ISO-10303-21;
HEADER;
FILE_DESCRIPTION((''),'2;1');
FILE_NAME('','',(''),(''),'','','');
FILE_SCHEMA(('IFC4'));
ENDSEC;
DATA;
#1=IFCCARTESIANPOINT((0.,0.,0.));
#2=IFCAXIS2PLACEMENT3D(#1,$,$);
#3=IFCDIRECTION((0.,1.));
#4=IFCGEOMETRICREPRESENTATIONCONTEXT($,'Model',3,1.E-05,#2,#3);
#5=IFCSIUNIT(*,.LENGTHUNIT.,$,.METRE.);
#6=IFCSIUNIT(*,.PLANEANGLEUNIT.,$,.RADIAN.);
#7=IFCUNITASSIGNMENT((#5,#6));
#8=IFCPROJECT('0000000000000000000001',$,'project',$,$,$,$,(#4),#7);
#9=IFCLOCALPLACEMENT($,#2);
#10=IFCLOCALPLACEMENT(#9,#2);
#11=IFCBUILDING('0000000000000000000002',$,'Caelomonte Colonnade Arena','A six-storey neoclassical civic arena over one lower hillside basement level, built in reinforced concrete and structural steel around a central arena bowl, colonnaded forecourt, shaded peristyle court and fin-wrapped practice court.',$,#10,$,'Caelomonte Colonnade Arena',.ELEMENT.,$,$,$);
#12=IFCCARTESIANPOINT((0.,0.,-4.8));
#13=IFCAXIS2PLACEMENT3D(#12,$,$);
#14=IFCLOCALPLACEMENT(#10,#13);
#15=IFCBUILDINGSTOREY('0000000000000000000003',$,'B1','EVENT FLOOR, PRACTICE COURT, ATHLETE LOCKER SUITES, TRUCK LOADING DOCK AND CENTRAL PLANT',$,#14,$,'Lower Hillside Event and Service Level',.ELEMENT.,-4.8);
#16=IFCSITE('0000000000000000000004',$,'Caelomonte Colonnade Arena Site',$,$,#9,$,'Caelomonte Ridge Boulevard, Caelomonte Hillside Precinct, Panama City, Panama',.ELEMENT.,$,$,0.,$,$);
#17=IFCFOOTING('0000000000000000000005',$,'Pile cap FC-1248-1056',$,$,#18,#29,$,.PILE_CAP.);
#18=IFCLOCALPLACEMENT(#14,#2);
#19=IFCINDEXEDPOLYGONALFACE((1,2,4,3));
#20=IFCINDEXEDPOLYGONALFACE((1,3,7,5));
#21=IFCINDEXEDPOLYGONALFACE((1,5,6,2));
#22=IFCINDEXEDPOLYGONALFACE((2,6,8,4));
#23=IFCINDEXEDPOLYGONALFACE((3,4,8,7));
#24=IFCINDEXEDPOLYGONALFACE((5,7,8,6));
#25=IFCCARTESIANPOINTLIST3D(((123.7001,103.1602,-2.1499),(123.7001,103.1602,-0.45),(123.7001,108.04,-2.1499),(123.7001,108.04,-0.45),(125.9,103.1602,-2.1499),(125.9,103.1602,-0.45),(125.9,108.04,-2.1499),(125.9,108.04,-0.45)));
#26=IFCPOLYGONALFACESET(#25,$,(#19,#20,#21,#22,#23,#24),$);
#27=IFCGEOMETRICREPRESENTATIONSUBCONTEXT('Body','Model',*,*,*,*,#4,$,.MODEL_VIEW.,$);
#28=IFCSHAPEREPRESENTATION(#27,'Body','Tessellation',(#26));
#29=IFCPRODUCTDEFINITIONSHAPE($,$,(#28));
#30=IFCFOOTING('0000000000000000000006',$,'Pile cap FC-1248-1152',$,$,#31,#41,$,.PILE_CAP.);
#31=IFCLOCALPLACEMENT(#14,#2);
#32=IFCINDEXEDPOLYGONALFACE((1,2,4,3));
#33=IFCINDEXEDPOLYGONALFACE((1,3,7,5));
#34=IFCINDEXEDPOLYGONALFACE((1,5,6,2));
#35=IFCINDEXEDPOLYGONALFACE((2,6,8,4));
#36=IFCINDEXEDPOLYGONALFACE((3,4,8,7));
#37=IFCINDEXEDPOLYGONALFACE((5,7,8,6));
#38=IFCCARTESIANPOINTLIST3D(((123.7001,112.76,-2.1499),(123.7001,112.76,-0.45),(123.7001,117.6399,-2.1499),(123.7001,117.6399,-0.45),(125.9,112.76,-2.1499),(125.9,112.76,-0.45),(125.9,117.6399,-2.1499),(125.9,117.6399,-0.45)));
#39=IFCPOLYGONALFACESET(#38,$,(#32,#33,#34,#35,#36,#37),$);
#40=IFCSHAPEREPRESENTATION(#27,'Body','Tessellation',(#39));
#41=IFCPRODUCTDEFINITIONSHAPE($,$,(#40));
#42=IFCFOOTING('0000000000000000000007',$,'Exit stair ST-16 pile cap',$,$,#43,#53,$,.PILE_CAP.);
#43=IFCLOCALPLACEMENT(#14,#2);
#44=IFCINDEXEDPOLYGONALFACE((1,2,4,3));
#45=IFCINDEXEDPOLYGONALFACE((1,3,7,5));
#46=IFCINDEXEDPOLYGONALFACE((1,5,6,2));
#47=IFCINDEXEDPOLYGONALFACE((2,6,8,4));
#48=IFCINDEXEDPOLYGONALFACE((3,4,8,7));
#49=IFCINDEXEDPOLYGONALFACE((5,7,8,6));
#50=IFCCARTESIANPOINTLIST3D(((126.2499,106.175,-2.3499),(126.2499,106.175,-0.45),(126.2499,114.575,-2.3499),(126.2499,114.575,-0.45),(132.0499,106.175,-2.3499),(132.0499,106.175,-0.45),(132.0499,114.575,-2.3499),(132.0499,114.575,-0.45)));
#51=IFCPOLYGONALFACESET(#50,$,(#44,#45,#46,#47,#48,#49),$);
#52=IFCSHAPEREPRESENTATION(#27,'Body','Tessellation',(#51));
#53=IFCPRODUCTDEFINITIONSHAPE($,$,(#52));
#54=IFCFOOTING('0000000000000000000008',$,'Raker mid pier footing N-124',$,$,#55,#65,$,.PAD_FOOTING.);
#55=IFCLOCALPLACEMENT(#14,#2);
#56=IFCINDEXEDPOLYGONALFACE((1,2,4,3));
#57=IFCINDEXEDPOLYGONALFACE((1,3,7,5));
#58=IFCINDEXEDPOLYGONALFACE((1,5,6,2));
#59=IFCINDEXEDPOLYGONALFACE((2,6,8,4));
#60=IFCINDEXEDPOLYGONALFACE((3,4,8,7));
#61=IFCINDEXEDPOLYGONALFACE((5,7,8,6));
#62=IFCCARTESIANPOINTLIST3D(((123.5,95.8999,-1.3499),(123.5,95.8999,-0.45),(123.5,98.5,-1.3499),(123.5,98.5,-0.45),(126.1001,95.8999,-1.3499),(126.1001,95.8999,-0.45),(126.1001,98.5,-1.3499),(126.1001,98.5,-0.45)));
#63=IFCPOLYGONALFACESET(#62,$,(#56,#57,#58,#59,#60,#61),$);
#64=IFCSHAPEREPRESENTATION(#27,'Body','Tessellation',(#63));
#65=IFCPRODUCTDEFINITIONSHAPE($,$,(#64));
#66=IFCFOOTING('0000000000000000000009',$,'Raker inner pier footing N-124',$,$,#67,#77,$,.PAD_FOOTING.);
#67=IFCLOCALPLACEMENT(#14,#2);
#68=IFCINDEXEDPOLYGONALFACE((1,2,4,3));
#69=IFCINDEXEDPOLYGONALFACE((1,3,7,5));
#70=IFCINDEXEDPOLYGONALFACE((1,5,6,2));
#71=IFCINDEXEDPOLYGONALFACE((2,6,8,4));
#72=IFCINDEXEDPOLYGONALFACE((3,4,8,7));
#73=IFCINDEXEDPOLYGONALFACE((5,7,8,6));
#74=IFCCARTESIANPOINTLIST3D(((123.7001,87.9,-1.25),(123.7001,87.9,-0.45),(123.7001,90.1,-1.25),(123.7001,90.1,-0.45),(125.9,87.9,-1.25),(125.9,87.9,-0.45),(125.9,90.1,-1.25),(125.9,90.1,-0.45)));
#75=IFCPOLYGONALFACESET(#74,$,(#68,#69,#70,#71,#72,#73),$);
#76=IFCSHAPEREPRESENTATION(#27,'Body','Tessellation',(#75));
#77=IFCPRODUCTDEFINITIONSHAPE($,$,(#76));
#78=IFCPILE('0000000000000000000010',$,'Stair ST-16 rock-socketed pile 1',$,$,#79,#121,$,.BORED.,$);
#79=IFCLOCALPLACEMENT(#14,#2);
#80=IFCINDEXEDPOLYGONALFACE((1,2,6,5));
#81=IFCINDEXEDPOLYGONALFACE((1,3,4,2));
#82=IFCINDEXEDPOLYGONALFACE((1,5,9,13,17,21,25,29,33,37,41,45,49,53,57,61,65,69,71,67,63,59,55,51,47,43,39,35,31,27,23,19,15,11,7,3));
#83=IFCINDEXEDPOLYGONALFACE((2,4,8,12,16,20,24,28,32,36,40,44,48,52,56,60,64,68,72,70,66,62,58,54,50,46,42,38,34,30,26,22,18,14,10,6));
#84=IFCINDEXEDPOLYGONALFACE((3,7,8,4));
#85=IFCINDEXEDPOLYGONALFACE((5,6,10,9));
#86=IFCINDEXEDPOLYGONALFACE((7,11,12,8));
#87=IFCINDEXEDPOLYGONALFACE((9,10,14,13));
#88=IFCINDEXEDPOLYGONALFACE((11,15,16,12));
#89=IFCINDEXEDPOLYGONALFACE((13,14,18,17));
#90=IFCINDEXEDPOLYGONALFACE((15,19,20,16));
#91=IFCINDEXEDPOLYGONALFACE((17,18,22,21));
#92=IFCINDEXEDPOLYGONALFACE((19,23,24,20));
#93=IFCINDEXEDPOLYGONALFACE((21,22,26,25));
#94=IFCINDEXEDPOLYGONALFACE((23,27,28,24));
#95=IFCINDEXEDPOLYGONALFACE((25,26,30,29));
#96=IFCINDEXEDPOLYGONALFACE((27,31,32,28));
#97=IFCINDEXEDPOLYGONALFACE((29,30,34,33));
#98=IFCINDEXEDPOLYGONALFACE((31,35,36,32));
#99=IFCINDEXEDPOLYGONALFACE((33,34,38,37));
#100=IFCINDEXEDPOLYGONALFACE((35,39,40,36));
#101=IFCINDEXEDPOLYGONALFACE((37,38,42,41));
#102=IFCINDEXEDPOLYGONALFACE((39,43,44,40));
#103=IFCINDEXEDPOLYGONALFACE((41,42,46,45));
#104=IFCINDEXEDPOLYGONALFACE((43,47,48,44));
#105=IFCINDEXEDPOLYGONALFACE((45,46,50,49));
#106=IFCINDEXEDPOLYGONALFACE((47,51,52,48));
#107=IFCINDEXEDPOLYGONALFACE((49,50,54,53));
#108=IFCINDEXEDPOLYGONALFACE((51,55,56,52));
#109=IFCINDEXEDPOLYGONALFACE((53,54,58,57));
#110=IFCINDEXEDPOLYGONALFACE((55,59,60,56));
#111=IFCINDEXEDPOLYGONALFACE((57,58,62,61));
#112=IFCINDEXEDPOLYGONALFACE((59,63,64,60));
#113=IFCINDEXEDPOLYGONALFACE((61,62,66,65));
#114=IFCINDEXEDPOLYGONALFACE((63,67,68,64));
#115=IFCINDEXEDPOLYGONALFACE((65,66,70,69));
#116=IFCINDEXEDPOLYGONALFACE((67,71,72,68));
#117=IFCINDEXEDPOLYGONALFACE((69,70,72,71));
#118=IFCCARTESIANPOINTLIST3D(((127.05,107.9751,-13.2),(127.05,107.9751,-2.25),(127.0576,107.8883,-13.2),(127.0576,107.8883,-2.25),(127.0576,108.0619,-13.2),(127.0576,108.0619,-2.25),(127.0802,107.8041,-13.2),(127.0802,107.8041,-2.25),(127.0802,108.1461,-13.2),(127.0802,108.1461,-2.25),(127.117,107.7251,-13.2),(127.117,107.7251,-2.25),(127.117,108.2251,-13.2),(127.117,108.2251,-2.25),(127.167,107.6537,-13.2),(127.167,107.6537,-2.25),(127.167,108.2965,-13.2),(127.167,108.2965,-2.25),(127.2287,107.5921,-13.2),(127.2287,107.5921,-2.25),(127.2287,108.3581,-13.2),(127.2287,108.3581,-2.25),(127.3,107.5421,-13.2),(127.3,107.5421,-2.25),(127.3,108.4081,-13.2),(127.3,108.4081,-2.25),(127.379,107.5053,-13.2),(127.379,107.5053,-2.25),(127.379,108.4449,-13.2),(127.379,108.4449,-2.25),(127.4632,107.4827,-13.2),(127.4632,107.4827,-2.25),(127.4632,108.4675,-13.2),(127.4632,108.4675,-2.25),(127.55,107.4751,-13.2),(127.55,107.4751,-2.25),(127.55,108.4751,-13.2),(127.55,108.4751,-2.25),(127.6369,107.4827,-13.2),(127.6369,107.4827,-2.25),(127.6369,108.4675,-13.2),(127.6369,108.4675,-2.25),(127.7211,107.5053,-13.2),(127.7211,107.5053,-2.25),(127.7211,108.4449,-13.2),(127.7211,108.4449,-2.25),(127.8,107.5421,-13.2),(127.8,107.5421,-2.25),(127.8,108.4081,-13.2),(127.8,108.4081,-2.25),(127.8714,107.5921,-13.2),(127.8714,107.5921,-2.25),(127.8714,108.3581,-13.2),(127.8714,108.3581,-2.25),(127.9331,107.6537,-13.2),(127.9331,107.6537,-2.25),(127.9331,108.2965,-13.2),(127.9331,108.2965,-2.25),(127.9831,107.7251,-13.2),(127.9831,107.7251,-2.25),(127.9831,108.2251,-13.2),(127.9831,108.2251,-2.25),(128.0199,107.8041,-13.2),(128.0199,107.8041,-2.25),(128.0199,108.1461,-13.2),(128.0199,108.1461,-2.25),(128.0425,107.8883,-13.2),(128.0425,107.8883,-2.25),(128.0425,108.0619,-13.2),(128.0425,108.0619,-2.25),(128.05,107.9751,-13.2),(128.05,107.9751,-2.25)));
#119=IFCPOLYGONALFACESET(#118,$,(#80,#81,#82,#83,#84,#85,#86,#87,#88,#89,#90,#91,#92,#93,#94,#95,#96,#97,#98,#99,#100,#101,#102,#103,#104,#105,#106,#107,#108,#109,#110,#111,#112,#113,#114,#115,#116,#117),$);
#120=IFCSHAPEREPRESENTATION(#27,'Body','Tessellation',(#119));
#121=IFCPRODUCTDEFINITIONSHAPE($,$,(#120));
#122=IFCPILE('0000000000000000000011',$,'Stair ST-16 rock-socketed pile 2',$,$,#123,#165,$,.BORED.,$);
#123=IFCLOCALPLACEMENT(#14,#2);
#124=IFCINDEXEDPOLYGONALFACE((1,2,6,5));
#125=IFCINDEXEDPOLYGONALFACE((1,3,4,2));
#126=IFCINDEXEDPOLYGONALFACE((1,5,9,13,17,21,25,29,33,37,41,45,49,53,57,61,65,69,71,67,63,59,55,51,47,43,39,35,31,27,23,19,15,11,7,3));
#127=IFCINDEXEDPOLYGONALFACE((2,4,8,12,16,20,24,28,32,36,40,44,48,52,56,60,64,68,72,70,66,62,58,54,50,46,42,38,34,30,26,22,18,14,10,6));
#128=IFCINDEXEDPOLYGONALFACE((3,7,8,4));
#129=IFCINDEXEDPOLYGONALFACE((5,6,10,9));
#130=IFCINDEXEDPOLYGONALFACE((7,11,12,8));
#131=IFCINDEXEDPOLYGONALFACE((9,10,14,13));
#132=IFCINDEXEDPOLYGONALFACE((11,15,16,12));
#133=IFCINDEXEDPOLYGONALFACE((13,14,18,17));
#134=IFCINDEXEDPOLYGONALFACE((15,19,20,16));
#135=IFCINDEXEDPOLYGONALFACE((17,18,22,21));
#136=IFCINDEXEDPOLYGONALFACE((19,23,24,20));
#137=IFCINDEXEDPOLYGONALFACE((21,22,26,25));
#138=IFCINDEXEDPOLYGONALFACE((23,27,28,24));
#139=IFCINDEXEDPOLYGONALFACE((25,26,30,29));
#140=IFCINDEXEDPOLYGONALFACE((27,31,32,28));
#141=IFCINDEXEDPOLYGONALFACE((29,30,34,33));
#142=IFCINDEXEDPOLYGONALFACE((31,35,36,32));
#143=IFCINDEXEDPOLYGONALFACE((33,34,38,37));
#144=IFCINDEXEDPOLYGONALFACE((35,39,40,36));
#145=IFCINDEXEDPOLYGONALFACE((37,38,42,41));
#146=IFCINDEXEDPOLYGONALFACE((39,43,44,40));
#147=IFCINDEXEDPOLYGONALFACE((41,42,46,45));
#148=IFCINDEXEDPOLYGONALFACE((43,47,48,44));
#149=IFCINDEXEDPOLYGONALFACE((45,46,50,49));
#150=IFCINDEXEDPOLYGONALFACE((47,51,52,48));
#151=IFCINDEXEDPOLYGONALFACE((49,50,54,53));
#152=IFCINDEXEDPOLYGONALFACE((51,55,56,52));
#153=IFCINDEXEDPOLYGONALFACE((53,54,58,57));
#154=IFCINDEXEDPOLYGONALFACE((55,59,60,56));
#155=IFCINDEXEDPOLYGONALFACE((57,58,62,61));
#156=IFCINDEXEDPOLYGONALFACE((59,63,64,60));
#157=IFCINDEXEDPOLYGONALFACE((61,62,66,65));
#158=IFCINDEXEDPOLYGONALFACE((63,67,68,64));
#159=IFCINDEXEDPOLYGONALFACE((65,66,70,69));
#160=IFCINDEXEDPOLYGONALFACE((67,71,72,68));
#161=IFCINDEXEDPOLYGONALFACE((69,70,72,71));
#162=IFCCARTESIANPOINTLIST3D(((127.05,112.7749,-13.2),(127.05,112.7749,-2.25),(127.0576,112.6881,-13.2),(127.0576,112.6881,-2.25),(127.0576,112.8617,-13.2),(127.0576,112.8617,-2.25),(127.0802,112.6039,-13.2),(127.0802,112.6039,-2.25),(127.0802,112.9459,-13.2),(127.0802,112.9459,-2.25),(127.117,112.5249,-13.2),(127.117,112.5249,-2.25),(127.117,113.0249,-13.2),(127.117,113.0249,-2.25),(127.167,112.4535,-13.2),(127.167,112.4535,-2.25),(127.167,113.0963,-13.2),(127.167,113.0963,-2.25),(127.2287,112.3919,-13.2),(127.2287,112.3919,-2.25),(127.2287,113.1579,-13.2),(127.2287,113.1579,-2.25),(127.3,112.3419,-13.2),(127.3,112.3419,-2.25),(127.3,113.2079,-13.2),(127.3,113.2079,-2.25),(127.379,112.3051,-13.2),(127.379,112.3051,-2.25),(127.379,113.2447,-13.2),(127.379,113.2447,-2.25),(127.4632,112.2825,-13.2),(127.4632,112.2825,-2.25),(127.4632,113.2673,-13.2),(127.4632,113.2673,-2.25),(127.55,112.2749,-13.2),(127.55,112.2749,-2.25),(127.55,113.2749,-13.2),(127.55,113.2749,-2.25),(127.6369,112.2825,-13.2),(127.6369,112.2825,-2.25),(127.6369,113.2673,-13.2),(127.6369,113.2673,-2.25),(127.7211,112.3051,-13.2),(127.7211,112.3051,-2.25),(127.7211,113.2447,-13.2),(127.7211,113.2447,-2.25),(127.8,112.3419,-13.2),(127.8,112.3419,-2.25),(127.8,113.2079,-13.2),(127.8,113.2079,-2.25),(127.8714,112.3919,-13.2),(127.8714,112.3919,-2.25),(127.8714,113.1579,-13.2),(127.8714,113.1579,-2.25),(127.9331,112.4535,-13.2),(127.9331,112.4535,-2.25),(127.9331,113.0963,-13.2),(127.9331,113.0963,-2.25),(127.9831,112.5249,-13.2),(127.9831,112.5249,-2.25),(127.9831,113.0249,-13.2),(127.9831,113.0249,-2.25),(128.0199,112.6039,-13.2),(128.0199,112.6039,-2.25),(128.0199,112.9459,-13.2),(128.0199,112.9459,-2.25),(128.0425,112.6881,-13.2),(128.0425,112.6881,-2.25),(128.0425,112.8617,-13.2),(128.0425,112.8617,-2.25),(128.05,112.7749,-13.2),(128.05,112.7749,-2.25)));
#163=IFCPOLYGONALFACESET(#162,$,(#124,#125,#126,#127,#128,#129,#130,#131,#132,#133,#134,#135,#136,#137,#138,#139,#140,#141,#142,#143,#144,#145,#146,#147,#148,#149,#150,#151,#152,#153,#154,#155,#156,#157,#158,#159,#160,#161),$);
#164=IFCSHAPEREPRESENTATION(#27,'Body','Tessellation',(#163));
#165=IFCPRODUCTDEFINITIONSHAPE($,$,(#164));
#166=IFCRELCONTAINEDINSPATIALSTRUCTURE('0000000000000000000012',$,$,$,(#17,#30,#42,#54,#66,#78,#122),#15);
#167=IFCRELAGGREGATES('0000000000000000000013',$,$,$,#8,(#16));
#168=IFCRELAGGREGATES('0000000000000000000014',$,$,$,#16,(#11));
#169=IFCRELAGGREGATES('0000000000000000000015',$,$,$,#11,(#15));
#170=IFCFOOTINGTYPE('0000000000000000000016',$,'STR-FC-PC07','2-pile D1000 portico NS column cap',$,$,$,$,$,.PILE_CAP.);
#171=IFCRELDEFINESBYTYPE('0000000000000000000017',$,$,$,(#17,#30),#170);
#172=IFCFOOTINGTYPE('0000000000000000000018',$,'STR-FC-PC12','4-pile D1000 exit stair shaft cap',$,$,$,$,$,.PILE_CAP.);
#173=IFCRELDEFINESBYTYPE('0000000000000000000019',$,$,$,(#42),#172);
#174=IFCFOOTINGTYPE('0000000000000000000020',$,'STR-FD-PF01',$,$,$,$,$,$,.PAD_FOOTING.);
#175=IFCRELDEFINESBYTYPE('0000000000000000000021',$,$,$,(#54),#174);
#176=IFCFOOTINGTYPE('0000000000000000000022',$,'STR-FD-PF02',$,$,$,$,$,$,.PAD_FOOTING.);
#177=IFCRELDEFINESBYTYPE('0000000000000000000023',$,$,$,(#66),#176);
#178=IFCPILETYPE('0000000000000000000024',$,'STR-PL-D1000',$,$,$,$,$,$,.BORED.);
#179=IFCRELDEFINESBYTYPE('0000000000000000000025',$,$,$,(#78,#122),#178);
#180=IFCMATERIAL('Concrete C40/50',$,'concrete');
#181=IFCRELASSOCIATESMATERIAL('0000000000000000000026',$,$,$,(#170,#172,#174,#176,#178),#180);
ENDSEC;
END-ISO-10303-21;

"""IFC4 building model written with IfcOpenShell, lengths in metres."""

from ifc_helpers import new_model, si_unit, direction, frame, origin, origin_2d, place, context, subcontext, project, spatial, rectangle, circle, extrude, material, material_profile, profile_set, type_object, element, save


model = new_model("IFC4")

# Units and contexts
model_context = context("Model", 3, precision=1e-05, world=origin(), true_north=direction((0.0, 1.0)))
body_context = subcontext(model_context, "Body", "Model", "MODEL_VIEW")
ifc_project = project(units=[si_unit("LENGTHUNIT", "METRE"), si_unit("PLANEANGLEUNIT", "RADIAN")], contexts=[model_context])

# Site, building, storey
site_placement = place(None, origin())
site = spatial("IfcSite", under=ifc_project, at=site_placement, Name="Caelomonte Colonnade Arena Site", LongName="Caelomonte Ridge Boulevard, Caelomonte Hillside Precinct, Panama City, Panama", CompositionType="ELEMENT", RefElevation=0.0)
building_placement = place(site_placement, origin())
building = spatial("IfcBuilding", under=site, at=building_placement, Name="Caelomonte Colonnade Arena", Description="A six-storey neoclassical civic arena over one lower hillside basement level, built in reinforced concrete and structural steel around a central arena bowl, colonnaded forecourt, shaded peristyle court and fin-wrapped practice court.", LongName="Caelomonte Colonnade Arena", CompositionType="ELEMENT")
storey_placement = place(building_placement, frame((0.0, 0.0, -4.8)))
storey = spatial("IfcBuildingStorey", under=building, at=storey_placement, Name="B1", Description="EVENT FLOOR, PRACTICE COURT, ATHLETE LOCKER SUITES, TRUCK LOADING DOCK AND CENTRAL PLANT", LongName="Lower Hillside Event and Service Level", CompositionType="ELEMENT", Elevation=-4.8)

# Footings
ifc_material_1 = material(Name="Concrete C40/50", Category="concrete")
footing_type_1 = type_object("IfcFootingType", Name="STR-FC-PC07", Description="2-pile D1000 portico NS column cap", PredefinedType="PILE_CAP", material=ifc_material_1)
for number, where, z_axis, x_axis, name in (
    (1, (124.8, 105.6001, -2.1499), (0.0, 0.0, 1.0), (1.0, 0.0, 0.0), "Pile cap FC-1248-1056"),
    (2, (124.8, 115.2, -2.1499), (0.0, 0.0, 1.0), (1.0, 0.0, 0.0), "Pile cap FC-1248-1152"),
):
    element("IfcFooting", number, at=place(storey_placement, frame(where, z_axis=z_axis, x_axis=x_axis)), inside=storey, type_object=footing_type_1, Name=name, PredefinedType="PILE_CAP", context=body_context, shape_type="SweptSolid", body=[
        extrude(rectangle(XDim=2.2, YDim=4.8799, at=origin_2d()), origin(), (0.0, 0.0, 1.0), 1.7),
    ])
footing_type_2 = type_object("IfcFootingType", Name="STR-FC-PC12", Description="4-pile D1000 exit stair shaft cap", PredefinedType="PILE_CAP", material=ifc_material_1)
footing_1_placement = place(storey_placement, frame((129.1499, 110.375, -2.3499), z_axis=(0.0, 0.0, 1.0), x_axis=(1.0, 0.0, 0.0)))
element("IfcFooting", 3, at=footing_1_placement, inside=storey, type_object=footing_type_2, Name="Exit stair ST-16 pile cap", PredefinedType="PILE_CAP", context=body_context, shape_type="SweptSolid", body=[
    extrude(rectangle(XDim=5.8, YDim=8.3999, at=origin_2d()), origin(), (0.0, 0.0, 1.0), 1.8999),
])
footing_type_3 = type_object("IfcFootingType", Name="STR-FD-PF01", PredefinedType="PAD_FOOTING", material=ifc_material_1)
footing_2_placement = place(storey_placement, frame((124.8, 97.2, -1.3499), z_axis=(0.0, 0.0, 1.0), x_axis=(1.0, 0.0, 0.0)))
element("IfcFooting", 4, at=footing_2_placement, inside=storey, type_object=footing_type_3, Name="Raker mid pier footing N-124", PredefinedType="PAD_FOOTING", context=body_context, shape_type="SweptSolid", body=[
    extrude(rectangle(XDim=2.6001, YDim=2.6001, at=origin_2d()), origin(), (0.0, 0.0, 1.0), 0.8999),
])
footing_type_4 = type_object("IfcFootingType", Name="STR-FD-PF02", PredefinedType="PAD_FOOTING", material=ifc_material_1)
footing_3_placement = place(storey_placement, frame((124.8, 89.0, -1.25), z_axis=(0.0, 0.0, 1.0), x_axis=(1.0, 0.0, 0.0)))
element("IfcFooting", 5, at=footing_3_placement, inside=storey, type_object=footing_type_4, Name="Raker inner pier footing N-124", PredefinedType="PAD_FOOTING", context=body_context, shape_type="SweptSolid", body=[
    extrude(rectangle(XDim=2.2, YDim=2.2, at=origin_2d()), origin(), (0.0, 0.0, 1.0), 0.8),
])

# Piles
ifc_material_profile_1 = material_profile(ifc_material_1, circle(Radius=0.5, at=origin_2d()), Name="PILE-D1000")
ifc_profile_set_1 = profile_set([ifc_material_profile_1], Name="Concrete C40/50")
pile_type_1 = type_object("IfcPileType", Name="STR-PL-D1000", PredefinedType="BORED", material=ifc_profile_set_1)
for number, where, z_axis, x_axis, name in (
    (6, (127.55, 107.9751, -2.25), (0.0, 0.0, -1.0), (1.0, 0.0, 0.0), "Stair ST-16 rock-socketed pile 1"),
    (7, (127.55, 112.7749, -2.25), (0.0, 0.0, -1.0), (1.0, 0.0, 0.0), "Stair ST-16 rock-socketed pile 2"),
):
    element("IfcPile", number, at=place(storey_placement, frame(where, z_axis=z_axis, x_axis=x_axis)), inside=storey, type_object=pile_type_1, Name=name, PredefinedType="BORED", context=body_context, shape_type="SweptSolid", body=[
        extrude(circle(Radius=0.5, at=origin_2d()), origin(), (0.0, 0.0, 1.0), 10.95),
    ])

save(model, "model.ifc")
